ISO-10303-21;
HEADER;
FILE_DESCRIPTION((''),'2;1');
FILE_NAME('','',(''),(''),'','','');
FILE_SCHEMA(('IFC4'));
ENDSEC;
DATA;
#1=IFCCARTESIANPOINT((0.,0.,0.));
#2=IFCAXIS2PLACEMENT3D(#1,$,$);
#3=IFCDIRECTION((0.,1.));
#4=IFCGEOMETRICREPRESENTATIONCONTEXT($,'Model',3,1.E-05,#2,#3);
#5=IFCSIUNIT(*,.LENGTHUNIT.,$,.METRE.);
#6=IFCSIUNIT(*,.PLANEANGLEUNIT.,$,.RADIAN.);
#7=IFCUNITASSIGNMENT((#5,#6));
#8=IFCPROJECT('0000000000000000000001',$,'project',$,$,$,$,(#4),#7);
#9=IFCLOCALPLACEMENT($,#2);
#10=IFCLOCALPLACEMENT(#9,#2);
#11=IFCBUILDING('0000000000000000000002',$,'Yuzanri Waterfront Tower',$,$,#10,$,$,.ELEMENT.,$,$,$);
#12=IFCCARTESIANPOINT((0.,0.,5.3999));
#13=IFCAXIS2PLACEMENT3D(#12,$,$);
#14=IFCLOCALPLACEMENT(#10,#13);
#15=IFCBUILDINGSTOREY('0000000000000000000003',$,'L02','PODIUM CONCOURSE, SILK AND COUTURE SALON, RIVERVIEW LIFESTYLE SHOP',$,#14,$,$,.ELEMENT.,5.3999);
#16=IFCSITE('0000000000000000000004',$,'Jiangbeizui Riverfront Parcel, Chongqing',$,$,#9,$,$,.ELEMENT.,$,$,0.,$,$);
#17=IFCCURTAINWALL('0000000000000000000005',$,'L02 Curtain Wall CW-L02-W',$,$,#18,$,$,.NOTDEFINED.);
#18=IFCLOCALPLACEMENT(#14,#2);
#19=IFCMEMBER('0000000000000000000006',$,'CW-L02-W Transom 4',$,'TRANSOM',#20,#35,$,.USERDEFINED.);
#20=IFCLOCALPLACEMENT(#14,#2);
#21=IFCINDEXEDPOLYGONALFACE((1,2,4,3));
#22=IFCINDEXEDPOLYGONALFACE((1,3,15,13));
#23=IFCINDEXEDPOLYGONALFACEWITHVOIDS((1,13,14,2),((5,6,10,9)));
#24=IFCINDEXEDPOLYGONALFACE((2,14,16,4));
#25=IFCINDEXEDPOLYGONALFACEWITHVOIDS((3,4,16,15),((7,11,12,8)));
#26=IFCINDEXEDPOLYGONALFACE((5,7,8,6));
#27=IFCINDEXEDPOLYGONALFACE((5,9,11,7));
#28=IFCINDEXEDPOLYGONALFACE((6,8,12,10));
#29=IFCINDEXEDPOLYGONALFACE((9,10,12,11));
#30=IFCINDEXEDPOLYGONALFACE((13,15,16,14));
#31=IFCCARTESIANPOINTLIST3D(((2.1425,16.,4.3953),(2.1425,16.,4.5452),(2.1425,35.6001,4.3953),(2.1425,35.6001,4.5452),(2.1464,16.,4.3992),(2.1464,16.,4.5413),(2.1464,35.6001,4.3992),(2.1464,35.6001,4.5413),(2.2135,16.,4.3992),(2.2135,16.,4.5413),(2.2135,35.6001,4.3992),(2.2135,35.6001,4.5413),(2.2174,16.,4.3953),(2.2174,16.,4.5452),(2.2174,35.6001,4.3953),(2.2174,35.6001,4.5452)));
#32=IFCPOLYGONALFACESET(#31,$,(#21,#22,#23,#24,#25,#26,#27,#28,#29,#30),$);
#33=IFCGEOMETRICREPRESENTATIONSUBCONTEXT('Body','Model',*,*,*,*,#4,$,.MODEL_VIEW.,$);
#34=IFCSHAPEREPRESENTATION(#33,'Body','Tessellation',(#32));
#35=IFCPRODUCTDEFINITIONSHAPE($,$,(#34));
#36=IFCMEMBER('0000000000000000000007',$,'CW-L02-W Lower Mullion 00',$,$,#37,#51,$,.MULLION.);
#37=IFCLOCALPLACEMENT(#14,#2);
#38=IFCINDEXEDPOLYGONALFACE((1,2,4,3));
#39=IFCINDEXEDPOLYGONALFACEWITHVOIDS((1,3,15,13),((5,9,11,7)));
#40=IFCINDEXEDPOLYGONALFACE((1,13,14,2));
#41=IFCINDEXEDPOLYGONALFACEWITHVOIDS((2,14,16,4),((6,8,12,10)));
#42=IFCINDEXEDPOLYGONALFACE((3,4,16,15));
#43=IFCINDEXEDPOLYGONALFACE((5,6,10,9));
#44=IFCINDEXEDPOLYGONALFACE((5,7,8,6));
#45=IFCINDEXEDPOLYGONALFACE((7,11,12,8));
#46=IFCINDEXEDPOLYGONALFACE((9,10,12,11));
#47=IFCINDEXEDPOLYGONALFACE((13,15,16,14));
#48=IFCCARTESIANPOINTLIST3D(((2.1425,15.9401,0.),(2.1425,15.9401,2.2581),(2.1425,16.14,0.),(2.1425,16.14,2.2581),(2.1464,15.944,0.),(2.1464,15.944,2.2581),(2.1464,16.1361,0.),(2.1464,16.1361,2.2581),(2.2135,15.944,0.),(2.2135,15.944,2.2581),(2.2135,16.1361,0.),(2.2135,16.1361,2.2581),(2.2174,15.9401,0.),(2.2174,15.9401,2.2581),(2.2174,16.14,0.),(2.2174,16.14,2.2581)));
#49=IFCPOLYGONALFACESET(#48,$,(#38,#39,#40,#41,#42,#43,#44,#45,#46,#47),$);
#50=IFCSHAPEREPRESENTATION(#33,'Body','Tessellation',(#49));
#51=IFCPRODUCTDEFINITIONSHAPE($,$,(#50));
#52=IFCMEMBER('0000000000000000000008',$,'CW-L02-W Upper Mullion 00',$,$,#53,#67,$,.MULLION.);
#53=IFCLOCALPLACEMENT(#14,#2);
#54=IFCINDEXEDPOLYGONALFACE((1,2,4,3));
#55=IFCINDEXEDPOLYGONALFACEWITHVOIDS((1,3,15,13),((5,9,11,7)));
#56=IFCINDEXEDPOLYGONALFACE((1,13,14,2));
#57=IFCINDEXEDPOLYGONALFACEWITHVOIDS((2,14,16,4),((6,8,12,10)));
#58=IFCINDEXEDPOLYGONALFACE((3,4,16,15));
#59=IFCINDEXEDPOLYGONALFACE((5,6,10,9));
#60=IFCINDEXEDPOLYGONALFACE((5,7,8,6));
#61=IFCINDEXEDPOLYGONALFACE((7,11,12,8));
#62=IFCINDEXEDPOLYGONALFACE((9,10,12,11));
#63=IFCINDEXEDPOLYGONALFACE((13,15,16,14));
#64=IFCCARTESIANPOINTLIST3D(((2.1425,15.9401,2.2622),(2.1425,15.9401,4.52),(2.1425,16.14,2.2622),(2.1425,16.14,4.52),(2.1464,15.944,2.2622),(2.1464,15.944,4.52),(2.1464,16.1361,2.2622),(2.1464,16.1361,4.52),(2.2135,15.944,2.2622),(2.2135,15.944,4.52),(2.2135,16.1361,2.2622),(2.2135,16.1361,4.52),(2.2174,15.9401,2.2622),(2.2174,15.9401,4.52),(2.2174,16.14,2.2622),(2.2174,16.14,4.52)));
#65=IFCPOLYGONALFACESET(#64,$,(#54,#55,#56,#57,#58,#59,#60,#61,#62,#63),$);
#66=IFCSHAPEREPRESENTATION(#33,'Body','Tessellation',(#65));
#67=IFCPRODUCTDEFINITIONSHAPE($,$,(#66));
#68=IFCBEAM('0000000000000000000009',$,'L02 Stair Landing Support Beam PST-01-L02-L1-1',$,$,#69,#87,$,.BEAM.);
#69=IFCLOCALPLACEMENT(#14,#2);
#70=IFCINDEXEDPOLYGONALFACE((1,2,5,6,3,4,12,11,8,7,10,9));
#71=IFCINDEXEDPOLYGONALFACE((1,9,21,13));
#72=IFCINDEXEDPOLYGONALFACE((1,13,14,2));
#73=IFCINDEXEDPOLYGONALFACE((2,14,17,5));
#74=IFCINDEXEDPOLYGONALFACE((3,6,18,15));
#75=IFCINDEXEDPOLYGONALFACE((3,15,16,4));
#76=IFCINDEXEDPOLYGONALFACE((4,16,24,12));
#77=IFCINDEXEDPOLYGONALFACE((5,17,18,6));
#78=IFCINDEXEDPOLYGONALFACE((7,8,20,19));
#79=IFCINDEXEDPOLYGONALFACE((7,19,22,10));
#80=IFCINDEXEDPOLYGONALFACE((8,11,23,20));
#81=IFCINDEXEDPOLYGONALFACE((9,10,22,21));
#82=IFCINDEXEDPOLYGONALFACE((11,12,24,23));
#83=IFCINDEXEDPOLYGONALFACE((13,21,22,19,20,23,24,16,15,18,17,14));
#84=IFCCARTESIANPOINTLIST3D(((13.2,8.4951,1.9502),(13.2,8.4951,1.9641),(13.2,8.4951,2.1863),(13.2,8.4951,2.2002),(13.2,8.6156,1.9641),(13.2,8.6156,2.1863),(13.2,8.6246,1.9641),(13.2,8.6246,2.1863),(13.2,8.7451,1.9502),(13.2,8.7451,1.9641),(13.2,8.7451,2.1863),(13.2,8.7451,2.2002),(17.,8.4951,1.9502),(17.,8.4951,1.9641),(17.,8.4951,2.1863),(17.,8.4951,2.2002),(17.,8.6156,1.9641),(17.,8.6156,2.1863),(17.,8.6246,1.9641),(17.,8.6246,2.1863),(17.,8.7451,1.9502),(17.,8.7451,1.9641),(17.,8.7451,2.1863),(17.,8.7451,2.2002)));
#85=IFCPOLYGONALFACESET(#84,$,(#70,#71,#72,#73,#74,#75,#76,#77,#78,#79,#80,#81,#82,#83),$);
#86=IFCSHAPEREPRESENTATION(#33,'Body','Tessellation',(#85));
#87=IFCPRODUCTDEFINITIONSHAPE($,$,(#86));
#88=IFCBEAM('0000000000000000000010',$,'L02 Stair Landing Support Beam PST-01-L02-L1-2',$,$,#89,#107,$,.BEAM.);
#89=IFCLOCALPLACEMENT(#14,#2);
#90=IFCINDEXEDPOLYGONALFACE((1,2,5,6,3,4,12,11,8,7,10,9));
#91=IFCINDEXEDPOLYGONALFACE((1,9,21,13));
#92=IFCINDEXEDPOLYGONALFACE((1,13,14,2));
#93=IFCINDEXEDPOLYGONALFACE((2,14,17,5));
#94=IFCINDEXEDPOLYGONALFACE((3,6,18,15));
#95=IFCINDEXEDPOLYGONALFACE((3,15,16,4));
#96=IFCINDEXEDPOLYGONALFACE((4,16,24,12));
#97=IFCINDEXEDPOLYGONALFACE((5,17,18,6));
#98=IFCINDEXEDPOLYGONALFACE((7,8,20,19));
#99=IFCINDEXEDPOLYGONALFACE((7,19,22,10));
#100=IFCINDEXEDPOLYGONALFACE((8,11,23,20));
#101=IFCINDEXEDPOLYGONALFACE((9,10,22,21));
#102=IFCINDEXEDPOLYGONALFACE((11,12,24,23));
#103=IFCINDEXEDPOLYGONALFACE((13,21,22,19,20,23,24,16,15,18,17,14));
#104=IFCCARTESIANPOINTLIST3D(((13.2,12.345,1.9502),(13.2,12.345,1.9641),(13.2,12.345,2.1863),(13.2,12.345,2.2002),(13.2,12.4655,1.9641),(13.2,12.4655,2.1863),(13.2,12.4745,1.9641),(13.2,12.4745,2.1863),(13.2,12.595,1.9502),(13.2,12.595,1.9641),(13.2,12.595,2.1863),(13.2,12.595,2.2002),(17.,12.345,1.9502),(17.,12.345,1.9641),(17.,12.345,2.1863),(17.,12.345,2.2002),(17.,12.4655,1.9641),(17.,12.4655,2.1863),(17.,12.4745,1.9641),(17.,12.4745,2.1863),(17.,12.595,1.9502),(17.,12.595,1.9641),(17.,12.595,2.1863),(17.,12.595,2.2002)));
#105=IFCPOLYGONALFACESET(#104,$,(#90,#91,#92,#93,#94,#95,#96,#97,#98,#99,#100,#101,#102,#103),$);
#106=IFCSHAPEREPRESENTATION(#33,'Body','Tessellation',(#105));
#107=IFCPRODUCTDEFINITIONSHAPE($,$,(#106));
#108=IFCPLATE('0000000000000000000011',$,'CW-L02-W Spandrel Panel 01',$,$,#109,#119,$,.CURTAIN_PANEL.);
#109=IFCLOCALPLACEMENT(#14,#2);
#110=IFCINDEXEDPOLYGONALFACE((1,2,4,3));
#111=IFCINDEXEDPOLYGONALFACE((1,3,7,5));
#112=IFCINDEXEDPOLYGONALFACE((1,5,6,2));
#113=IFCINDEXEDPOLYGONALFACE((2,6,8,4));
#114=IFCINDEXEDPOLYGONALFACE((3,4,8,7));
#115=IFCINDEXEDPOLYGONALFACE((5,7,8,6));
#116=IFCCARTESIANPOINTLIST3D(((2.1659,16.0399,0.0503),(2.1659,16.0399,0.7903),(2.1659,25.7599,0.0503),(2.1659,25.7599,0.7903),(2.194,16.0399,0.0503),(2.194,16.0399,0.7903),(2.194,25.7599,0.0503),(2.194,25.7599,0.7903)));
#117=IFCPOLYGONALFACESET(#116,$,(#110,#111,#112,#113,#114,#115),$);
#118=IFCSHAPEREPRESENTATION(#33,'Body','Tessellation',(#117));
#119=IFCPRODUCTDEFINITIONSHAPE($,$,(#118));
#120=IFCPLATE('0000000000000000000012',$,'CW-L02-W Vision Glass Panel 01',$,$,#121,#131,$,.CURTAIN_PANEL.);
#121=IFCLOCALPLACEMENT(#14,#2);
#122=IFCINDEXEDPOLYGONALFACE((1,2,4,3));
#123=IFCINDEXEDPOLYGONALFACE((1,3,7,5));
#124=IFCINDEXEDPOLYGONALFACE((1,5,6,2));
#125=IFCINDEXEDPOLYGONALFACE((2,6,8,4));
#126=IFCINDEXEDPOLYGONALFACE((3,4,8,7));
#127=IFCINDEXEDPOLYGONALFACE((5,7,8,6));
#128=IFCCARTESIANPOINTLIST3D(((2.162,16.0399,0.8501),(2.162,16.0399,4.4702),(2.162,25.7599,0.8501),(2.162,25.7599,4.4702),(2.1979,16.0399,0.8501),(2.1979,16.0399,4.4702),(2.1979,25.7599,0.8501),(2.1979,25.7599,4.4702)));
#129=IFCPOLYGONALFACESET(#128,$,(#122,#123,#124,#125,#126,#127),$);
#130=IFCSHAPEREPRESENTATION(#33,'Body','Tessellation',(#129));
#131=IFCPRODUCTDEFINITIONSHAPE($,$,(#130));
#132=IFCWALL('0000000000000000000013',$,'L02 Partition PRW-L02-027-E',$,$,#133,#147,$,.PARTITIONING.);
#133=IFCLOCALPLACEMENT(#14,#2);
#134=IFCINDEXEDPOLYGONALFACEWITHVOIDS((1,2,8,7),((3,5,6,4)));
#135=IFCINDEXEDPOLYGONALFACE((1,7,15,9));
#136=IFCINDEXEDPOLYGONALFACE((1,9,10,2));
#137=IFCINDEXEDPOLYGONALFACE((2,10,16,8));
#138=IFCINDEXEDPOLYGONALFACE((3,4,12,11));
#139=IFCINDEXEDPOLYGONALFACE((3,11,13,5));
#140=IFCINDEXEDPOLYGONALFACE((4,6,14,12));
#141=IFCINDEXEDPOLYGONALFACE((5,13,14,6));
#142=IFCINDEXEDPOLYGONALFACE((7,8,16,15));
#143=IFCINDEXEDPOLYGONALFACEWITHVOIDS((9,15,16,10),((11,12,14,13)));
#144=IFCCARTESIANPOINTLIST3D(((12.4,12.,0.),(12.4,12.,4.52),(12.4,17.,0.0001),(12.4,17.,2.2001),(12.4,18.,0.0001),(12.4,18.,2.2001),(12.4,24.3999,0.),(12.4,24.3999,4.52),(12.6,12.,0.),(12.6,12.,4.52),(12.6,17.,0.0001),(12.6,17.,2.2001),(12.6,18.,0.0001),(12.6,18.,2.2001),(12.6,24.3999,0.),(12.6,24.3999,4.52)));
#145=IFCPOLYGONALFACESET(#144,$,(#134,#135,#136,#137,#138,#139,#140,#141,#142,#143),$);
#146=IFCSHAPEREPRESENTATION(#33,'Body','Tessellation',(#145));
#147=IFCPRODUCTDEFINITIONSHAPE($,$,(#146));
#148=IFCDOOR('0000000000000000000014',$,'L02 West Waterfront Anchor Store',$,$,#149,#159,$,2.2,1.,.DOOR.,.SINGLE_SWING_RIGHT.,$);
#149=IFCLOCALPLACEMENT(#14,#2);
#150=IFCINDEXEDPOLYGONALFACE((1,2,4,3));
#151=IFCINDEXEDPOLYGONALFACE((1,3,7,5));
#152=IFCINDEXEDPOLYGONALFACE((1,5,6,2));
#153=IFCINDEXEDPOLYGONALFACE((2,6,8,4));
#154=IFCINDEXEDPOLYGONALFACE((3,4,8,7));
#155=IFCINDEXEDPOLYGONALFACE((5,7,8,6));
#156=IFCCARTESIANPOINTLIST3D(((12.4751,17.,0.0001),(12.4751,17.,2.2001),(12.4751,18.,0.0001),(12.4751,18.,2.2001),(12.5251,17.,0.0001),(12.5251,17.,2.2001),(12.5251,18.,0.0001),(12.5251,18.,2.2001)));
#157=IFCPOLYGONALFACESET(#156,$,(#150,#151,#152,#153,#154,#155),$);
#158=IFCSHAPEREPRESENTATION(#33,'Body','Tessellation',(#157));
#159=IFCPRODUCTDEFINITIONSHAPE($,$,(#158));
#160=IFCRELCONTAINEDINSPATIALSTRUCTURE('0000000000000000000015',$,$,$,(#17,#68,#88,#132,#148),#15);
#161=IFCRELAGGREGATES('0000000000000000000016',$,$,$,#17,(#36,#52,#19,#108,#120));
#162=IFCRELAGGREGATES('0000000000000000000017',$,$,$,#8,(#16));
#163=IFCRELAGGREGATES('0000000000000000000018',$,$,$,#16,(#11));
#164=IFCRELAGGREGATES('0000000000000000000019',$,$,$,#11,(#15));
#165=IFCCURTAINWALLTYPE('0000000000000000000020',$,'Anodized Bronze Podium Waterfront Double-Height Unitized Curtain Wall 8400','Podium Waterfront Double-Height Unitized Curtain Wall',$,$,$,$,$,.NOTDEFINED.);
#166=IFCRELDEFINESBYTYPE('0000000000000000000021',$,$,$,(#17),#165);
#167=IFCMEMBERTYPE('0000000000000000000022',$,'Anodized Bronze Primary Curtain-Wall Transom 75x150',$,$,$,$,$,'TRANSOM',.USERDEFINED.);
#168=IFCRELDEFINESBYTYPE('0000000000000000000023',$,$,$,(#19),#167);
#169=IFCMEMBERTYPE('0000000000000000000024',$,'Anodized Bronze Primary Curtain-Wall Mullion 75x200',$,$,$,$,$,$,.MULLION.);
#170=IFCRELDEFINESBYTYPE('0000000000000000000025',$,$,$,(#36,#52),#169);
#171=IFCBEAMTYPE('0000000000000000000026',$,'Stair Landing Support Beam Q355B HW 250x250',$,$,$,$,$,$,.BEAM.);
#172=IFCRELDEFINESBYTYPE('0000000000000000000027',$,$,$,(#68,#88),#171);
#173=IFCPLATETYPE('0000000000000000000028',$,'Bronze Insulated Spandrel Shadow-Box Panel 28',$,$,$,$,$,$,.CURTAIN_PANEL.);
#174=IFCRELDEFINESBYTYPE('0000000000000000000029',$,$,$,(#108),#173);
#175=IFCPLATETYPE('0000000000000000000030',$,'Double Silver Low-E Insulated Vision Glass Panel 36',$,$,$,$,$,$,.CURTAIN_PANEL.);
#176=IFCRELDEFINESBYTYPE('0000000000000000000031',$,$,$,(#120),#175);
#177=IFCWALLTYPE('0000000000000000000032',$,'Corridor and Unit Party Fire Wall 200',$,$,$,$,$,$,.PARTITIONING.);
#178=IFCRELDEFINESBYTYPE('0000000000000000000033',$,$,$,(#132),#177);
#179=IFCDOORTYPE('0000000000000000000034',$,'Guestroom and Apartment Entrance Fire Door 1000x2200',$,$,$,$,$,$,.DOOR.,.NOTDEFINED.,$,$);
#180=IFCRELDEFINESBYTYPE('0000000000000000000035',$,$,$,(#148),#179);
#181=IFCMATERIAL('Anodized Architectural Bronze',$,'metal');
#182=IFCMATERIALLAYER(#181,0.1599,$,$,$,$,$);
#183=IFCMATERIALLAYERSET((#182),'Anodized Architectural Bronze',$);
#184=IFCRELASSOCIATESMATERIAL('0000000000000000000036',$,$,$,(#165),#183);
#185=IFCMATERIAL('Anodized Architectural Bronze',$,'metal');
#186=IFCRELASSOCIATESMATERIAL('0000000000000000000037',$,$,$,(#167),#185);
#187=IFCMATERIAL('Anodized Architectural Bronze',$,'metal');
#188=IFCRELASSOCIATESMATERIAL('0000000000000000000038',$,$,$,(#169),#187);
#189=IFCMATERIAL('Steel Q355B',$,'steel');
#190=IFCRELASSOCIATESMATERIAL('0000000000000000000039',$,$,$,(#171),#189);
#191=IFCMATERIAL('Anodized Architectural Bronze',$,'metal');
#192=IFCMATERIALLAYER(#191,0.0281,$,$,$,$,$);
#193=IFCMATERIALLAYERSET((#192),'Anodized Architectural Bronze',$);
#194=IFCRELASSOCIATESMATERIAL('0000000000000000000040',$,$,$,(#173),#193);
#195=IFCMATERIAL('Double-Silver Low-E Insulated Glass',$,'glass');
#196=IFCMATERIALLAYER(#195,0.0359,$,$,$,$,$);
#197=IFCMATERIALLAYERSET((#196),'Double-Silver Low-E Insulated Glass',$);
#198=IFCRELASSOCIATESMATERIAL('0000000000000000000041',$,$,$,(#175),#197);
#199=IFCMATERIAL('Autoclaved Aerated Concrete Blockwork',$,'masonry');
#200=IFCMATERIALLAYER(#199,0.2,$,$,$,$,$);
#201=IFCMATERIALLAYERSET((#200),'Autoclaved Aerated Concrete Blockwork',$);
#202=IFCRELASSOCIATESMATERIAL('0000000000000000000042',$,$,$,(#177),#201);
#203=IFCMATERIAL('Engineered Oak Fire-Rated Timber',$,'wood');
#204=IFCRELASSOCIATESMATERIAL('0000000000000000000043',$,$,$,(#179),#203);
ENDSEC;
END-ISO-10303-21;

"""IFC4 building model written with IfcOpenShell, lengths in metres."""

from ifc_helpers import new_model, si_unit, direction, frame, frame_2d, origin, origin_2d, place, context, subcontext, project, spatial, rectangle, hollow_rectangle, i_section, extrude, source, transform, mapped, material, layer, layer_set, material_profile, profile_set, type_object, element, fill, aggregate, save


model = new_model("IFC4")

# Units and contexts
model_context = context("Model", 3, precision=1e-05, world=origin(), true_north=direction((0.0, 1.0)))
body_context = subcontext(model_context, "Body", "Model", "MODEL_VIEW")
ifc_project = project(units=[si_unit("LENGTHUNIT", "METRE"), si_unit("PLANEANGLEUNIT", "RADIAN")], contexts=[model_context])

# Site, building, storey
site_placement = place(None, origin())
site = spatial("IfcSite", under=ifc_project, at=site_placement, Name="Jiangbeizui Riverfront Parcel, Chongqing", CompositionType="ELEMENT", RefElevation=0.0)
building_placement = place(site_placement, origin())
building = spatial("IfcBuilding", under=site, at=building_placement, Name="Yuzanri Waterfront Tower", CompositionType="ELEMENT")
storey_placement = place(building_placement, frame((0.0, 0.0, 5.3999)))
storey = spatial("IfcBuildingStorey", under=building, at=storey_placement, Name="L02", Description="PODIUM CONCOURSE, SILK AND COUTURE SALON, RIVERVIEW LIFESTYLE SHOP", CompositionType="ELEMENT", Elevation=5.3999)

# Curtain wall, members
ifc_material_1 = material(Name="Anodized Architectural Bronze", Category="metal")
ifc_layer_1 = layer(ifc_material_1, 0.1599)
ifc_layer_set_1 = layer_set([ifc_layer_1], Name="Anodized Architectural Bronze")
curtain_wall_type = type_object("IfcCurtainWallType", Name="Anodized Bronze Podium Waterfront Double-Height Unitized Curtain Wall 8400", Description="Podium Waterfront Double-Height Unitized Curtain Wall", PredefinedType="NOTDEFINED", material=ifc_layer_set_1)
curtain_wall_placement = place(storey_placement, origin())
curtain_wall = element("IfcCurtainWall", 1, at=curtain_wall_placement, inside=storey, type_object=curtain_wall_type, Name="L02 Curtain Wall CW-L02-W", PredefinedType="NOTDEFINED")
ifc_material_2 = material(Name="Anodized Architectural Bronze", Category="metal")
ifc_material_profile_1 = material_profile(ifc_material_2, hollow_rectangle(XDim=0.075, YDim=0.1499, WallThickness=0.0039, at=origin_2d()), Name="CWT 75x150")
ifc_profile_set_1 = profile_set([ifc_material_profile_1], Name="Anodized Architectural Bronze")
member_type_1 = type_object("IfcMemberType", Name="Anodized Bronze Primary Curtain-Wall Transom 75x150", ElementType="TRANSOM", PredefinedType="USERDEFINED", material=ifc_profile_set_1)
shared_shape_1 = source(origin(), body_context, "Body", "SweptSolid", [
    extrude(hollow_rectangle(XDim=0.075, YDim=0.1499, WallThickness=0.0039, at=origin_2d()), origin(), (0.0, 0.0, 1.0), 19.6001),
])
member_1_placement = place(storey_placement, frame((2.1799, 16.0, 4.4702), z_axis=(0.0, 1.0, 0.0), x_axis=(-1.0, 0.0, 0.0)))
member_1 = element("IfcMember", 2, at=member_1_placement, type_object=member_type_1, Name="CW-L02-W Transom 4", ObjectType="TRANSOM", PredefinedType="USERDEFINED", context=body_context, shape_type="MappedRepresentation", body=[
    mapped(shared_shape_1, transform((0.0, 0.0, 0.0), scale=1.0)),
])
ifc_material_3 = material(Name="Anodized Architectural Bronze", Category="metal")
ifc_material_profile_2 = material_profile(ifc_material_3, hollow_rectangle(XDim=0.075, YDim=0.2, WallThickness=0.0039, at=origin_2d()), Name="CWM 75x200")
ifc_profile_set_2 = profile_set([ifc_material_profile_2], Name="Anodized Architectural Bronze")
member_type_2 = type_object("IfcMemberType", Name="Anodized Bronze Primary Curtain-Wall Mullion 75x200", PredefinedType="MULLION", material=ifc_profile_set_2)
shared_shape_2 = source(origin(), body_context, "Body", "SweptSolid", [
    extrude(hollow_rectangle(XDim=0.075, YDim=0.2, WallThickness=0.0039, at=origin_2d()), origin(), (0.0, 0.0, 1.0), 2.2581),
])
member_2_placement = place(storey_placement, frame((2.1799, 16.04, 0.0), z_axis=(0.0, 0.0, 1.0), x_axis=(1.0, 0.0, 0.0)))
member_2 = element("IfcMember", 3, at=member_2_placement, type_object=member_type_2, Name="CW-L02-W Lower Mullion 00", PredefinedType="MULLION", context=body_context, shape_type="MappedRepresentation", body=[
    mapped(shared_shape_2, transform((0.0, 0.0, 0.0), scale=1.0)),
])
shared_shape_3 = source(origin(), body_context, "Body", "SweptSolid", [
    extrude(hollow_rectangle(XDim=0.075, YDim=0.2, WallThickness=0.0039, at=origin_2d()), origin(), (0.0, 0.0, 1.0), 2.2578),
])
member_3_placement = place(storey_placement, frame((2.1799, 16.04, 2.2622), z_axis=(0.0, 0.0, 1.0), x_axis=(1.0, 0.0, 0.0)))
member_3 = element("IfcMember", 4, at=member_3_placement, type_object=member_type_2, Name="CW-L02-W Upper Mullion 00", PredefinedType="MULLION", context=body_context, shape_type="MappedRepresentation", body=[
    mapped(shared_shape_3, transform((0.0, 0.0, 0.0), scale=1.0)),
])

# Beams
ifc_material_4 = material(Name="Steel Q355B", Category="steel")
ifc_material_profile_3 = material_profile(ifc_material_4, i_section(OverallWidth=0.25, OverallDepth=0.25, WebThickness=0.009, FlangeThickness=0.0139, at=origin_2d()), Name="HW 250x250x9x14")
ifc_profile_set_3 = profile_set([ifc_material_profile_3], Name="Steel Q355B")
beam_type_1 = type_object("IfcBeamType", Name="Stair Landing Support Beam Q355B HW 250x250", PredefinedType="BEAM", material=ifc_profile_set_3)
shared_shape_4 = source(origin(), body_context, "Body", "SweptSolid", [
    extrude(i_section(OverallWidth=0.25, OverallDepth=0.25, WebThickness=0.009, FlangeThickness=0.0139, at=origin_2d()), origin(), (0.0, 0.0, 1.0), 3.8),
])
for number, where, z_axis, x_axis, name in (
    (5, (13.2, 8.6201, 2.0752), (1.0, 0.0, 0.0), (0.0, 1.0, 0.0), "L02 Stair Landing Support Beam PST-01-L02-L1-1"),
    (6, (13.2, 12.47, 2.0752), (1.0, 0.0, 0.0), (0.0, 1.0, 0.0), "L02 Stair Landing Support Beam PST-01-L02-L1-2"),
):
    element("IfcBeam", number, at=place(storey_placement, frame(where, z_axis=z_axis, x_axis=x_axis)), inside=storey, type_object=beam_type_1, Name=name, PredefinedType="BEAM", context=body_context, shape_type="MappedRepresentation", body=[
        mapped(shared_shape_4, transform((0.0, 0.0, 0.0), scale=1.0)),
    ])

# Plates
ifc_material_5 = material(Name="Anodized Architectural Bronze", Category="metal")
ifc_layer_2 = layer(ifc_material_5, 0.0281)
ifc_layer_set_2 = layer_set([ifc_layer_2], Name="Anodized Architectural Bronze")
plate_type_1 = type_object("IfcPlateType", Name="Bronze Insulated Spandrel Shadow-Box Panel 28", PredefinedType="CURTAIN_PANEL", material=ifc_layer_set_2)
shared_shape_5 = source(origin(), body_context, "Body", "SweptSolid", [
    extrude(rectangle(XDim=9.72, YDim=0.0281, at=origin_2d()), origin(), (0.0, 0.0, 1.0), 0.74),
])
plate_1_placement = place(storey_placement, frame((2.1799, 20.8999, 0.0503), z_axis=(0.0, 0.0, 1.0), x_axis=(0.0, 1.0, 0.0)))
plate_1 = element("IfcPlate", 7, at=plate_1_placement, type_object=plate_type_1, Name="CW-L02-W Spandrel Panel 01", PredefinedType="CURTAIN_PANEL", context=body_context, shape_type="MappedRepresentation", body=[
    mapped(shared_shape_5, transform((0.0, 0.0, 0.0), scale=1.0)),
])
ifc_material_6 = material(Name="Double-Silver Low-E Insulated Glass", Category="glass")
ifc_layer_3 = layer(ifc_material_6, 0.0359)
ifc_layer_set_3 = layer_set([ifc_layer_3], Name="Double-Silver Low-E Insulated Glass")
plate_type_2 = type_object("IfcPlateType", Name="Double Silver Low-E Insulated Vision Glass Panel 36", PredefinedType="CURTAIN_PANEL", material=ifc_layer_set_3)
shared_shape_6 = source(origin(), body_context, "Body", "SweptSolid", [
    extrude(rectangle(XDim=9.72, YDim=0.0359, at=origin_2d()), origin(), (0.0, 0.0, 1.0), 3.6201),
])
plate_2_placement = place(storey_placement, frame((2.1799, 20.8999, 0.8501), z_axis=(0.0, 0.0, 1.0), x_axis=(0.0, 1.0, 0.0)))
plate_2 = element("IfcPlate", 8, at=plate_2_placement, type_object=plate_type_2, Name="CW-L02-W Vision Glass Panel 01", PredefinedType="CURTAIN_PANEL", context=body_context, shape_type="MappedRepresentation", body=[
    mapped(shared_shape_6, transform((0.0, 0.0, 0.0), scale=1.0)),
])
aggregate(curtain_wall, [member_2, member_3, member_1, plate_1, plate_2])

# Wall, opening, door
ifc_material_7 = material(Name="Autoclaved Aerated Concrete Blockwork", Category="masonry")
ifc_layer_4 = layer(ifc_material_7, 0.2)
ifc_layer_set_4 = layer_set([ifc_layer_4], Name="Autoclaved Aerated Concrete Blockwork")
wall_type_1 = type_object("IfcWallType", Name="Corridor and Unit Party Fire Wall 200", PredefinedType="PARTITIONING", material=ifc_layer_set_4)
wall_1_placement = place(storey_placement, frame((12.5, 12.0, 0.0), z_axis=(0.0, 0.0, 1.0), x_axis=(0.0, 1.0, 0.0)))
wall_1 = element("IfcWall", 9, at=wall_1_placement, inside=storey, type_object=wall_type_1, Name="L02 Partition PRW-L02-027-E", PredefinedType="PARTITIONING", context=body_context, shape_type="SweptSolid", body=[
    extrude(rectangle(XDim=12.3999, YDim=0.2, at=frame_2d((6.2, 0.0))), origin(), (0.0, 0.0, 1.0), 4.52),
])
opening_placement = place(wall_1_placement, frame((5.0, 0.0, 0.0)))
opening = element("IfcOpeningElement", 10, at=opening_placement, cuts=wall_1, PredefinedType="OPENING", context=body_context, shape_type="SweptSolid", body=[
    extrude(rectangle(XDim=1.0, YDim=2.2, at=frame_2d((0.5, 1.1001))), frame((0.0, 0.1147, 0.0), z_axis=(0.0, -1.0, 0.0), x_axis=(1.0, 0.0, 0.0)), (0.0, 0.0, 1.0), 0.2297),
])
ifc_material_8 = material(Name="Engineered Oak Fire-Rated Timber", Category="wood")
door_type = type_object("IfcDoorType", Name="Guestroom and Apartment Entrance Fire Door 1000x2200", OperationType="NOTDEFINED", PredefinedType="DOOR", material=ifc_material_8)
shared_shape_7 = source(origin(), body_context, "Body", "SweptSolid", [
    extrude(rectangle(XDim=1.0, YDim=2.2, at=frame_2d((0.5, 1.1001))), frame((0.0, 0.0249, 0.0), z_axis=(0.0, -1.0, 0.0), x_axis=(1.0, 0.0, 0.0)), (0.0, 0.0, 1.0), 0.05),
])
door_placement = place(opening_placement, origin())
door = element("IfcDoor", 11, at=door_placement, inside=storey, type_object=door_type, Name="L02 West Waterfront Anchor Store", OperationType="SINGLE_SWING_RIGHT", OverallHeight=2.2, OverallWidth=1.0, PredefinedType="DOOR", context=body_context, shape_type="MappedRepresentation", body=[
    mapped(shared_shape_7, transform((0.0, 0.0, 0.0), scale=1.0)),
])
fill(opening, door)

save(model, "model.ifc")
